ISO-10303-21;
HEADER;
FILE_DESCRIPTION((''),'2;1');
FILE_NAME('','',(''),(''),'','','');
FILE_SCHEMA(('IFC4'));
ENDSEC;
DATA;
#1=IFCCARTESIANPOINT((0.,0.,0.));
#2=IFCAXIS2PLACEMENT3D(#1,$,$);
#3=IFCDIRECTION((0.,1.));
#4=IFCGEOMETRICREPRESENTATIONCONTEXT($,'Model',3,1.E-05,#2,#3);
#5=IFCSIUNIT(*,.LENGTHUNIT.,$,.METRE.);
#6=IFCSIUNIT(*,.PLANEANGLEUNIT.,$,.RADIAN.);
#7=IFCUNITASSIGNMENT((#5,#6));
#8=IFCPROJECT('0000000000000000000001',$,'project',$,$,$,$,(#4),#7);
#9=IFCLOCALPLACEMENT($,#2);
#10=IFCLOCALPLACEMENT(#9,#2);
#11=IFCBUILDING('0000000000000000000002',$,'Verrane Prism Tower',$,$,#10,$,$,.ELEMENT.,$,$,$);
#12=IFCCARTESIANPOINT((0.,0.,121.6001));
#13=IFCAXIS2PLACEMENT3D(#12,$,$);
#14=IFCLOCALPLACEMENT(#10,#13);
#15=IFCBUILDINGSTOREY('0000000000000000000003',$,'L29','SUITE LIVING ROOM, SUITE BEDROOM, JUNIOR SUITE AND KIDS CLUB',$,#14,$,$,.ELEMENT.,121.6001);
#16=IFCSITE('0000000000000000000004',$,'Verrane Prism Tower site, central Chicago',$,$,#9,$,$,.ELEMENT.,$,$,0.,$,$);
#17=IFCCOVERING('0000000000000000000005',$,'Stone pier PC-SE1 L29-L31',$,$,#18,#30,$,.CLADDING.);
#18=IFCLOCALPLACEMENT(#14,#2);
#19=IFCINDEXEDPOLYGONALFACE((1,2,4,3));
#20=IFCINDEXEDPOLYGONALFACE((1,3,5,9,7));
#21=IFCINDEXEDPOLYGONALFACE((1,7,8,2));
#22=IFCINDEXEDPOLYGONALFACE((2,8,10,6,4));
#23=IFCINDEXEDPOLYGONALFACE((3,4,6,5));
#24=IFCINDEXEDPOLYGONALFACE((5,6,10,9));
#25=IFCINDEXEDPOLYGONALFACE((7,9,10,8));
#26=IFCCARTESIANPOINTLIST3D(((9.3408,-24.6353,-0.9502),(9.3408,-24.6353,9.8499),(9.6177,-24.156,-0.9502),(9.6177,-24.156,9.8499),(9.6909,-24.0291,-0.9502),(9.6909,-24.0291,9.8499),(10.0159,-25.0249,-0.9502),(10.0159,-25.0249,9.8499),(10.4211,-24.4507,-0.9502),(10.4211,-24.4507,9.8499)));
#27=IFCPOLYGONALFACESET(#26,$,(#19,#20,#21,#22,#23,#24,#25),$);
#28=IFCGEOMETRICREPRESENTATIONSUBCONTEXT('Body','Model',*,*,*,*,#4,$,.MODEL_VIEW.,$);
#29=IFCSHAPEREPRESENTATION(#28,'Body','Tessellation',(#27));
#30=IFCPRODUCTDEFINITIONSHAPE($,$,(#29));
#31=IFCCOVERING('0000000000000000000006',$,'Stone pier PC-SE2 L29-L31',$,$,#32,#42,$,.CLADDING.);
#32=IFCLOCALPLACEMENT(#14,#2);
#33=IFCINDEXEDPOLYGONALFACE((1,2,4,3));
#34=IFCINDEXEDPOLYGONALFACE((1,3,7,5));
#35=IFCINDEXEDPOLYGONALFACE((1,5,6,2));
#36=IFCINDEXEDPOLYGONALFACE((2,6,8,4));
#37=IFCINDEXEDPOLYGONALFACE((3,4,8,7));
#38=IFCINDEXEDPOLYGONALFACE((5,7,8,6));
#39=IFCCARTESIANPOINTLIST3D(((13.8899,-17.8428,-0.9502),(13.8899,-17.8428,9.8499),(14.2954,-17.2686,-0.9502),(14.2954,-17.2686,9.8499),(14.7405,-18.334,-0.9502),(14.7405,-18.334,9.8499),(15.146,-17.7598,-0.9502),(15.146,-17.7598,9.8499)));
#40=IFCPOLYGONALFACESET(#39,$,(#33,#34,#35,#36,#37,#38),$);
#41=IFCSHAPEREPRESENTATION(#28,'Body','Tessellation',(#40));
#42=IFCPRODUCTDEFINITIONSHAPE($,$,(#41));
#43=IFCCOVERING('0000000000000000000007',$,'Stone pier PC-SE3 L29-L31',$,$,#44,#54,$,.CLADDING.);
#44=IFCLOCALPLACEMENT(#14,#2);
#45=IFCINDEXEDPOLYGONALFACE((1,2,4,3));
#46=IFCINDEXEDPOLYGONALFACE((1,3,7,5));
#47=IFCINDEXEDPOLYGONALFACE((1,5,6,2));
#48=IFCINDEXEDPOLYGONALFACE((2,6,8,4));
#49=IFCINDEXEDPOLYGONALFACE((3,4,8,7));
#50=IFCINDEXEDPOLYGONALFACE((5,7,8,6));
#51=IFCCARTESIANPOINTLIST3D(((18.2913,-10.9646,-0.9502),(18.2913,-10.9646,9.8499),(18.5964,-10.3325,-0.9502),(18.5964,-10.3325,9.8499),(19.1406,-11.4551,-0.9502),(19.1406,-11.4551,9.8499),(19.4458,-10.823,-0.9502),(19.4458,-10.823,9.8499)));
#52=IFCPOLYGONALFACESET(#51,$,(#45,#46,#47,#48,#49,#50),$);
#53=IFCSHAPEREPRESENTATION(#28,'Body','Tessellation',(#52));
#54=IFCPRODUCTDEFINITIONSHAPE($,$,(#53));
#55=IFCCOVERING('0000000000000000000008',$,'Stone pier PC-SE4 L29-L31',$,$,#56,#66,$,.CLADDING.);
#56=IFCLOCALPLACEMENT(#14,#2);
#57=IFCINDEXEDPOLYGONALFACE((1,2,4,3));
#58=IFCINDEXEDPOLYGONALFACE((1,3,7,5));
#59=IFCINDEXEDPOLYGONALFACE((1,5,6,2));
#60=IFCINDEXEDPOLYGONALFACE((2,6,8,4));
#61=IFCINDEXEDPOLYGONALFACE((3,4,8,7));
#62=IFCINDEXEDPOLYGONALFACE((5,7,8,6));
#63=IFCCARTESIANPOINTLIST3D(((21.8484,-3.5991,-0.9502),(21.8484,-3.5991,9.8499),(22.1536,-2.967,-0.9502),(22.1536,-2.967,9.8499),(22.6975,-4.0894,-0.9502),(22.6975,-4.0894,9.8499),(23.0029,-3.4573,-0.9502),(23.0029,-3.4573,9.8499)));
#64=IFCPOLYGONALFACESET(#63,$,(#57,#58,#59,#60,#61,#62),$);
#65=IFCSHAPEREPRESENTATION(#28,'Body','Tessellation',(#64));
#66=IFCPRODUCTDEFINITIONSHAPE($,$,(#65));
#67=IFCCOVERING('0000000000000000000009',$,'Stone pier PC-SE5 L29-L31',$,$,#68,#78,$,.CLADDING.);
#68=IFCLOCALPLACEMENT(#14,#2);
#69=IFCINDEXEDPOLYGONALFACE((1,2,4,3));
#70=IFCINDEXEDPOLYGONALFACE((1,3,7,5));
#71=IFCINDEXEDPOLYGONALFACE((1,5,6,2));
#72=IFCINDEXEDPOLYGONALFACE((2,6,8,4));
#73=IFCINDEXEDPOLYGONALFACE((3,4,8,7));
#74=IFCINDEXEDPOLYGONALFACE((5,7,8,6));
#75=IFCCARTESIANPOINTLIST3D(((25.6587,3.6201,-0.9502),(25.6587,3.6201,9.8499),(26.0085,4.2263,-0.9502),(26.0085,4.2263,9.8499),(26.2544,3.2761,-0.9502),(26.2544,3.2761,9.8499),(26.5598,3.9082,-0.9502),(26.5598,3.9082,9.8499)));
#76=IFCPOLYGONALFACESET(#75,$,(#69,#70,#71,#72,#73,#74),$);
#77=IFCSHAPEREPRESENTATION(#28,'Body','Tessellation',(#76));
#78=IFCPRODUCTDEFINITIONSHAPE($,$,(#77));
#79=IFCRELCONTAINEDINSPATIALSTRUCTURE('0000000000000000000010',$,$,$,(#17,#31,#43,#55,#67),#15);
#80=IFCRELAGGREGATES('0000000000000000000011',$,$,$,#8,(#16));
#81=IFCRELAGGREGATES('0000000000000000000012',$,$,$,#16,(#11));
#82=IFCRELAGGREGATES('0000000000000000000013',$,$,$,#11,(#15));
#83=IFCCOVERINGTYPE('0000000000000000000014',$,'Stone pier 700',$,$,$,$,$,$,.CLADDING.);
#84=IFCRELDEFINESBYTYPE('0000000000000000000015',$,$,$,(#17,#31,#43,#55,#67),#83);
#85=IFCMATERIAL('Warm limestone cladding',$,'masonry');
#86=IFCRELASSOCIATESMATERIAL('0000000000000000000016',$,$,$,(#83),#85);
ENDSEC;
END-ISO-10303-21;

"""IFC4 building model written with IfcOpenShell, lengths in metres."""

from ifc_helpers import new_model, si_unit, direction, frame, origin, place, context, subcontext, project, spatial, polyline, outline, extrude, material, type_object, element, save


model = new_model("IFC4")

# Units and contexts
model_context = context("Model", 3, precision=1e-05, world=origin(), true_north=direction((0.0, 1.0)))
body_context = subcontext(model_context, "Body", "Model", "MODEL_VIEW")
ifc_project = project(units=[si_unit("LENGTHUNIT", "METRE"), si_unit("PLANEANGLEUNIT", "RADIAN")], contexts=[model_context])

# Site, building, storey
site_placement = place(None, origin())
site = spatial("IfcSite", under=ifc_project, at=site_placement, Name="Verrane Prism Tower site, central Chicago", CompositionType="ELEMENT", RefElevation=0.0)
building_placement = place(site_placement, origin())
building = spatial("IfcBuilding", under=site, at=building_placement, Name="Verrane Prism Tower", CompositionType="ELEMENT")
storey_placement = place(building_placement, frame((0.0, 0.0, 121.6001)))
storey = spatial("IfcBuildingStorey", under=building, at=storey_placement, Name="L29", Description="SUITE LIVING ROOM, SUITE BEDROOM, JUNIOR SUITE AND KIDS CLUB", CompositionType="ELEMENT", Elevation=121.6001)

# Coverings
ifc_material_1 = material(Name="Warm limestone cladding", Category="masonry")
covering_type_1 = type_object("IfcCoveringType", Name="Stone pier 700", PredefinedType="CLADDING", material=ifc_material_1)
covering_1_placement = place(storey_placement, frame((0.0, 0.0, -0.9502)))
element("IfcCovering", 1, at=covering_1_placement, inside=storey, type_object=covering_type_1, Name="Stone pier PC-SE1 L29-L31", PredefinedType="CLADDING", context=body_context, shape_type="SweptSolid", body=[
    extrude(outline(polyline([(9.6909, -24.0291), (9.6177, -24.156), (9.3408, -24.6353), (10.0159, -25.0249), (10.4211, -24.4507), (9.6909, -24.0291)])), origin(), (0.0, 0.0, 1.0), 10.8),
])
covering_2_placement = place(storey_placement, frame((0.0, 0.0, -0.9502)))
element("IfcCovering", 2, at=covering_2_placement, inside=storey, type_object=covering_type_1, Name="Stone pier PC-SE2 L29-L31", PredefinedType="CLADDING", context=body_context, shape_type="SweptSolid", body=[
    extrude(outline(polyline([(15.146, -17.7598), (14.2954, -17.2686), (13.8899, -17.8428), (14.7405, -18.334), (15.146, -17.7598)])), origin(), (0.0, 0.0, 1.0), 10.8),
])
covering_3_placement = place(storey_placement, frame((0.0, 0.0, -0.9502)))
element("IfcCovering", 3, at=covering_3_placement, inside=storey, type_object=covering_type_1, Name="Stone pier PC-SE3 L29-L31", PredefinedType="CLADDING", context=body_context, shape_type="SweptSolid", body=[
    extrude(outline(polyline([(19.4458, -10.823), (18.5964, -10.3325), (18.2913, -10.9646), (19.1406, -11.4551), (19.4458, -10.823)])), origin(), (0.0, 0.0, 1.0), 10.8),
])
covering_4_placement = place(storey_placement, frame((0.0, 0.0, -0.9502)))
element("IfcCovering", 4, at=covering_4_placement, inside=storey, type_object=covering_type_1, Name="Stone pier PC-SE4 L29-L31", PredefinedType="CLADDING", context=body_context, shape_type="SweptSolid", body=[
    extrude(outline(polyline([(23.0029, -3.4573), (22.1536, -2.967), (21.8484, -3.5991), (22.6975, -4.0894), (23.0029, -3.4573)])), origin(), (0.0, 0.0, 1.0), 10.8),
])
covering_5_placement = place(storey_placement, frame((0.0, 0.0, -0.9502)))
element("IfcCovering", 5, at=covering_5_placement, inside=storey, type_object=covering_type_1, Name="Stone pier PC-SE5 L29-L31", PredefinedType="CLADDING", context=body_context, shape_type="SweptSolid", body=[
    extrude(outline(polyline([(26.0085, 4.2263), (25.6587, 3.6201), (26.2544, 3.2761), (26.5598, 3.9082), (26.0085, 4.2263)])), origin(), (0.0, 0.0, 1.0), 10.8),
])

save(model, "model.ifc")
